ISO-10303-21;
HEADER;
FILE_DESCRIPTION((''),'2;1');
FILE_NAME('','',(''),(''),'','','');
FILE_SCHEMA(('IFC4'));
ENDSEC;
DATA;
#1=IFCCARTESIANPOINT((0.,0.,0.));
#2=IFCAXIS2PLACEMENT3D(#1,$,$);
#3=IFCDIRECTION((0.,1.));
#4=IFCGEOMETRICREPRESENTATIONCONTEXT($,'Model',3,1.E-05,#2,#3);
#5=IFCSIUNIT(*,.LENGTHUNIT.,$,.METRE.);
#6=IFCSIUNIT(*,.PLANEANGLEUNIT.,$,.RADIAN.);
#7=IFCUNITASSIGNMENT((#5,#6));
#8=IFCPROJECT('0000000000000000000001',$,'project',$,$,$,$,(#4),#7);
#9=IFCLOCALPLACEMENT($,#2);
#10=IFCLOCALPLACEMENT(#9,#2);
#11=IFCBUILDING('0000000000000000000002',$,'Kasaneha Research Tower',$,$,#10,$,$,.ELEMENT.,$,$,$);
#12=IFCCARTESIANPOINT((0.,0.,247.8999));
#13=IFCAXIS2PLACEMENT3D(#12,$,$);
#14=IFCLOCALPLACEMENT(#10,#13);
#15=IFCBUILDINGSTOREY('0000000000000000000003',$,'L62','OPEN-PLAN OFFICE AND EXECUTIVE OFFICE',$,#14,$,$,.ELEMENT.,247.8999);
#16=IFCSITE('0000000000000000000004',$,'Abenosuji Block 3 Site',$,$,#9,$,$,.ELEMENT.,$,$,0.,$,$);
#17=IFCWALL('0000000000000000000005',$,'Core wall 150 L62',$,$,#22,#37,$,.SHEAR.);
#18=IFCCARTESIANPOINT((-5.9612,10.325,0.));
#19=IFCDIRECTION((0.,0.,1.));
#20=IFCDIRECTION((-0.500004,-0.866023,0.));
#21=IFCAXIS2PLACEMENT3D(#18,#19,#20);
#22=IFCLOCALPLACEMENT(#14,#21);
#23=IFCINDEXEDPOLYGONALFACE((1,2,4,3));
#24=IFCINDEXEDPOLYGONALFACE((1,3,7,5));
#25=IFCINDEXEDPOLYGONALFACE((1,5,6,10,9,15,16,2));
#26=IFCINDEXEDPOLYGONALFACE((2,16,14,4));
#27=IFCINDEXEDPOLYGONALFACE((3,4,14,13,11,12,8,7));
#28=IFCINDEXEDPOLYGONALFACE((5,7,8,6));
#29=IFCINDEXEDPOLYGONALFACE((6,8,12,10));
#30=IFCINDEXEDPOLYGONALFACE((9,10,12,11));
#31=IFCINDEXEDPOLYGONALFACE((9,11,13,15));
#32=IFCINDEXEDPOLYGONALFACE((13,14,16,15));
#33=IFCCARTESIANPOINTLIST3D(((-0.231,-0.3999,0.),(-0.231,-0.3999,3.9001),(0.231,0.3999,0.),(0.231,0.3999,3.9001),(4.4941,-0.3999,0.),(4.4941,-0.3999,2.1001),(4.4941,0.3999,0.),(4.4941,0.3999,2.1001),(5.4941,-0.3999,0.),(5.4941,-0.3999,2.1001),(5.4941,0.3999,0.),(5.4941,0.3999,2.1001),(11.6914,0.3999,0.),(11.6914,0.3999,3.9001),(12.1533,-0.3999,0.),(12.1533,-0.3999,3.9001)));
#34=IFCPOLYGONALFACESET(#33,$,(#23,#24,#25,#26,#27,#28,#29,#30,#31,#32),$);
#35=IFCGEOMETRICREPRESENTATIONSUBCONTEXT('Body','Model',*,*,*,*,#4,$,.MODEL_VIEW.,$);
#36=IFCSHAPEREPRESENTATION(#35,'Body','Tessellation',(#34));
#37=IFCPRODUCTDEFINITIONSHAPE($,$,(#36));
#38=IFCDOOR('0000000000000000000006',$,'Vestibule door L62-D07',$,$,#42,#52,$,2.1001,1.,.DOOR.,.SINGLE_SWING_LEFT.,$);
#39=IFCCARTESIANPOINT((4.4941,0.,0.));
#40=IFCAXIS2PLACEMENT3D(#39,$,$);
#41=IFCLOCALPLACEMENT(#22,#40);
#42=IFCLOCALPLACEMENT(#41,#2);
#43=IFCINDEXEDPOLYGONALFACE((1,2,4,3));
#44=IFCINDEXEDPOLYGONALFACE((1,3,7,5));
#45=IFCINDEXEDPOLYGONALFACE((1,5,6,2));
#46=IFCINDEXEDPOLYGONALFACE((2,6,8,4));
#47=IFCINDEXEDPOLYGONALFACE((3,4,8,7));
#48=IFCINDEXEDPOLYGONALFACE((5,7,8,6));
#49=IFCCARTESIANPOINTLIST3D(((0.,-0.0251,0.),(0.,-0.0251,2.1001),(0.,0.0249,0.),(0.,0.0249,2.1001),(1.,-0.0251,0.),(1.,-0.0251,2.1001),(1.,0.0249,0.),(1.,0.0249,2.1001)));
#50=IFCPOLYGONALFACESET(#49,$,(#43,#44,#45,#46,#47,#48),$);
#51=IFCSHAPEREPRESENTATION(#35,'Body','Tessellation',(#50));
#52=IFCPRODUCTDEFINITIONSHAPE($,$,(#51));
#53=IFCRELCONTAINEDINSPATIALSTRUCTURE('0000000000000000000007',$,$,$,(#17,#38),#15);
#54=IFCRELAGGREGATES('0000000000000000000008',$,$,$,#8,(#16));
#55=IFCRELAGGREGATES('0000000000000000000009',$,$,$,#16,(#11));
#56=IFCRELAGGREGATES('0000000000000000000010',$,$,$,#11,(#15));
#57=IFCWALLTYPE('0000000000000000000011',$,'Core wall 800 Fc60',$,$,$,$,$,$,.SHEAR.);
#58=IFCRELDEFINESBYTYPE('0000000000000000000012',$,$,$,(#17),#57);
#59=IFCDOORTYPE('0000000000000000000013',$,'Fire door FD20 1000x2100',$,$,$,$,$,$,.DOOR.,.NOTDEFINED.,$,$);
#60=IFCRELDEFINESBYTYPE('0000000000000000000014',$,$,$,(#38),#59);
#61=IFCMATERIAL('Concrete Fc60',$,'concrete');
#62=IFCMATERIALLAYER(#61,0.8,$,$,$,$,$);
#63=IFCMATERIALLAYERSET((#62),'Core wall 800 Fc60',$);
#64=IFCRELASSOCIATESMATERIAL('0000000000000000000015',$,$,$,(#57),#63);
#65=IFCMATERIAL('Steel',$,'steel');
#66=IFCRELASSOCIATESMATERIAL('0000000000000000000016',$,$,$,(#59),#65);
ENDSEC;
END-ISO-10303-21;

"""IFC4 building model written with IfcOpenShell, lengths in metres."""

from ifc_helpers import new_model, si_unit, direction, frame, frame_2d, origin, place, context, subcontext, project, spatial, polyline, rectangle, outline, extrude, material, layer, layer_set, type_object, element, fill, save


model = new_model("IFC4")

# Units and contexts
model_context = context("Model", 3, precision=1e-05, world=origin(), true_north=direction((0.0, 1.0)))
body_context = subcontext(model_context, "Body", "Model", "MODEL_VIEW")
ifc_project = project(units=[si_unit("LENGTHUNIT", "METRE"), si_unit("PLANEANGLEUNIT", "RADIAN")], contexts=[model_context])

# Site, building, storey
site_placement = place(None, origin())
site = spatial("IfcSite", under=ifc_project, at=site_placement, Name="Abenosuji Block 3 Site", CompositionType="ELEMENT", RefElevation=0.0)
building_placement = place(site_placement, origin())
building = spatial("IfcBuilding", under=site, at=building_placement, Name="Kasaneha Research Tower", CompositionType="ELEMENT")
storey_placement = place(building_placement, frame((0.0, 0.0, 247.8999)))
storey = spatial("IfcBuildingStorey", under=building, at=storey_placement, Name="L62", Description="OPEN-PLAN OFFICE AND EXECUTIVE OFFICE", CompositionType="ELEMENT", Elevation=247.8999)

# Wall, opening, door
ifc_material_1 = material(Name="Concrete Fc60", Category="concrete")
ifc_layer_1 = layer(ifc_material_1, 0.8)
ifc_layer_set_1 = layer_set([ifc_layer_1], Name="Core wall 800 Fc60")
wall_type_1 = type_object("IfcWallType", Name="Core wall 800 Fc60", PredefinedType="SHEAR", material=ifc_layer_set_1)
wall_1_placement = place(storey_placement, frame((-5.9612, 10.325, 0.0), z_axis=(0.0, 0.0, 1.0), x_axis=(-0.500004, -0.866023, 0.0)))
wall_1 = element("IfcWall", 1, at=wall_1_placement, inside=storey, type_object=wall_type_1, Name="Core wall 150 L62", PredefinedType="SHEAR", context=body_context, shape_type="SweptSolid", body=[
    extrude(outline(polyline([(-0.231, -0.3999), (4.4941, -0.3999), (5.4941, -0.3999), (12.1533, -0.3999), (11.6914, 0.3999), (5.4941, 0.3999), (4.4941, 0.3999), (0.231, 0.3999), (-0.231, -0.3999)])), origin(), (0.0, 0.0, 1.0), 3.9001),
])
opening_1_placement = place(wall_1_placement, frame((4.4941, 0.0, 0.0)))
opening_1 = element("IfcOpeningElement", 2, at=opening_1_placement, cuts=wall_1, PredefinedType="OPENING", context=body_context, shape_type="SweptSolid", body=[
    extrude(rectangle(XDim=1.0, YDim=2.1001, at=frame_2d((0.5, 1.05))), frame((0.0, 0.4102, 0.0), z_axis=(0.0, -1.0, 0.0), x_axis=(1.0, 0.0, 0.0)), (0.0, 0.0, 1.0), 0.8201),
])
ifc_material_2 = material(Name="Steel", Category="steel")
door_type_1 = type_object("IfcDoorType", Name="Fire door FD20 1000x2100", OperationType="NOTDEFINED", PredefinedType="DOOR", material=ifc_material_2)
door_1_placement = place(opening_1_placement, origin())
door_1 = element("IfcDoor", 3, at=door_1_placement, inside=storey, type_object=door_type_1, Name="Vestibule door L62-D07", OperationType="SINGLE_SWING_LEFT", OverallHeight=2.1001, OverallWidth=1.0, PredefinedType="DOOR", context=body_context, shape_type="SweptSolid", body=[
    extrude(rectangle(XDim=1.0, YDim=2.1001, at=frame_2d((0.5, 1.05))), frame((0.0, 0.0249, 0.0), z_axis=(0.0, -1.0, 0.0), x_axis=(1.0, 0.0, 0.0)), (0.0, 0.0, 1.0), 0.05),
])
fill(opening_1, door_1)

save(model, "model.ifc")
